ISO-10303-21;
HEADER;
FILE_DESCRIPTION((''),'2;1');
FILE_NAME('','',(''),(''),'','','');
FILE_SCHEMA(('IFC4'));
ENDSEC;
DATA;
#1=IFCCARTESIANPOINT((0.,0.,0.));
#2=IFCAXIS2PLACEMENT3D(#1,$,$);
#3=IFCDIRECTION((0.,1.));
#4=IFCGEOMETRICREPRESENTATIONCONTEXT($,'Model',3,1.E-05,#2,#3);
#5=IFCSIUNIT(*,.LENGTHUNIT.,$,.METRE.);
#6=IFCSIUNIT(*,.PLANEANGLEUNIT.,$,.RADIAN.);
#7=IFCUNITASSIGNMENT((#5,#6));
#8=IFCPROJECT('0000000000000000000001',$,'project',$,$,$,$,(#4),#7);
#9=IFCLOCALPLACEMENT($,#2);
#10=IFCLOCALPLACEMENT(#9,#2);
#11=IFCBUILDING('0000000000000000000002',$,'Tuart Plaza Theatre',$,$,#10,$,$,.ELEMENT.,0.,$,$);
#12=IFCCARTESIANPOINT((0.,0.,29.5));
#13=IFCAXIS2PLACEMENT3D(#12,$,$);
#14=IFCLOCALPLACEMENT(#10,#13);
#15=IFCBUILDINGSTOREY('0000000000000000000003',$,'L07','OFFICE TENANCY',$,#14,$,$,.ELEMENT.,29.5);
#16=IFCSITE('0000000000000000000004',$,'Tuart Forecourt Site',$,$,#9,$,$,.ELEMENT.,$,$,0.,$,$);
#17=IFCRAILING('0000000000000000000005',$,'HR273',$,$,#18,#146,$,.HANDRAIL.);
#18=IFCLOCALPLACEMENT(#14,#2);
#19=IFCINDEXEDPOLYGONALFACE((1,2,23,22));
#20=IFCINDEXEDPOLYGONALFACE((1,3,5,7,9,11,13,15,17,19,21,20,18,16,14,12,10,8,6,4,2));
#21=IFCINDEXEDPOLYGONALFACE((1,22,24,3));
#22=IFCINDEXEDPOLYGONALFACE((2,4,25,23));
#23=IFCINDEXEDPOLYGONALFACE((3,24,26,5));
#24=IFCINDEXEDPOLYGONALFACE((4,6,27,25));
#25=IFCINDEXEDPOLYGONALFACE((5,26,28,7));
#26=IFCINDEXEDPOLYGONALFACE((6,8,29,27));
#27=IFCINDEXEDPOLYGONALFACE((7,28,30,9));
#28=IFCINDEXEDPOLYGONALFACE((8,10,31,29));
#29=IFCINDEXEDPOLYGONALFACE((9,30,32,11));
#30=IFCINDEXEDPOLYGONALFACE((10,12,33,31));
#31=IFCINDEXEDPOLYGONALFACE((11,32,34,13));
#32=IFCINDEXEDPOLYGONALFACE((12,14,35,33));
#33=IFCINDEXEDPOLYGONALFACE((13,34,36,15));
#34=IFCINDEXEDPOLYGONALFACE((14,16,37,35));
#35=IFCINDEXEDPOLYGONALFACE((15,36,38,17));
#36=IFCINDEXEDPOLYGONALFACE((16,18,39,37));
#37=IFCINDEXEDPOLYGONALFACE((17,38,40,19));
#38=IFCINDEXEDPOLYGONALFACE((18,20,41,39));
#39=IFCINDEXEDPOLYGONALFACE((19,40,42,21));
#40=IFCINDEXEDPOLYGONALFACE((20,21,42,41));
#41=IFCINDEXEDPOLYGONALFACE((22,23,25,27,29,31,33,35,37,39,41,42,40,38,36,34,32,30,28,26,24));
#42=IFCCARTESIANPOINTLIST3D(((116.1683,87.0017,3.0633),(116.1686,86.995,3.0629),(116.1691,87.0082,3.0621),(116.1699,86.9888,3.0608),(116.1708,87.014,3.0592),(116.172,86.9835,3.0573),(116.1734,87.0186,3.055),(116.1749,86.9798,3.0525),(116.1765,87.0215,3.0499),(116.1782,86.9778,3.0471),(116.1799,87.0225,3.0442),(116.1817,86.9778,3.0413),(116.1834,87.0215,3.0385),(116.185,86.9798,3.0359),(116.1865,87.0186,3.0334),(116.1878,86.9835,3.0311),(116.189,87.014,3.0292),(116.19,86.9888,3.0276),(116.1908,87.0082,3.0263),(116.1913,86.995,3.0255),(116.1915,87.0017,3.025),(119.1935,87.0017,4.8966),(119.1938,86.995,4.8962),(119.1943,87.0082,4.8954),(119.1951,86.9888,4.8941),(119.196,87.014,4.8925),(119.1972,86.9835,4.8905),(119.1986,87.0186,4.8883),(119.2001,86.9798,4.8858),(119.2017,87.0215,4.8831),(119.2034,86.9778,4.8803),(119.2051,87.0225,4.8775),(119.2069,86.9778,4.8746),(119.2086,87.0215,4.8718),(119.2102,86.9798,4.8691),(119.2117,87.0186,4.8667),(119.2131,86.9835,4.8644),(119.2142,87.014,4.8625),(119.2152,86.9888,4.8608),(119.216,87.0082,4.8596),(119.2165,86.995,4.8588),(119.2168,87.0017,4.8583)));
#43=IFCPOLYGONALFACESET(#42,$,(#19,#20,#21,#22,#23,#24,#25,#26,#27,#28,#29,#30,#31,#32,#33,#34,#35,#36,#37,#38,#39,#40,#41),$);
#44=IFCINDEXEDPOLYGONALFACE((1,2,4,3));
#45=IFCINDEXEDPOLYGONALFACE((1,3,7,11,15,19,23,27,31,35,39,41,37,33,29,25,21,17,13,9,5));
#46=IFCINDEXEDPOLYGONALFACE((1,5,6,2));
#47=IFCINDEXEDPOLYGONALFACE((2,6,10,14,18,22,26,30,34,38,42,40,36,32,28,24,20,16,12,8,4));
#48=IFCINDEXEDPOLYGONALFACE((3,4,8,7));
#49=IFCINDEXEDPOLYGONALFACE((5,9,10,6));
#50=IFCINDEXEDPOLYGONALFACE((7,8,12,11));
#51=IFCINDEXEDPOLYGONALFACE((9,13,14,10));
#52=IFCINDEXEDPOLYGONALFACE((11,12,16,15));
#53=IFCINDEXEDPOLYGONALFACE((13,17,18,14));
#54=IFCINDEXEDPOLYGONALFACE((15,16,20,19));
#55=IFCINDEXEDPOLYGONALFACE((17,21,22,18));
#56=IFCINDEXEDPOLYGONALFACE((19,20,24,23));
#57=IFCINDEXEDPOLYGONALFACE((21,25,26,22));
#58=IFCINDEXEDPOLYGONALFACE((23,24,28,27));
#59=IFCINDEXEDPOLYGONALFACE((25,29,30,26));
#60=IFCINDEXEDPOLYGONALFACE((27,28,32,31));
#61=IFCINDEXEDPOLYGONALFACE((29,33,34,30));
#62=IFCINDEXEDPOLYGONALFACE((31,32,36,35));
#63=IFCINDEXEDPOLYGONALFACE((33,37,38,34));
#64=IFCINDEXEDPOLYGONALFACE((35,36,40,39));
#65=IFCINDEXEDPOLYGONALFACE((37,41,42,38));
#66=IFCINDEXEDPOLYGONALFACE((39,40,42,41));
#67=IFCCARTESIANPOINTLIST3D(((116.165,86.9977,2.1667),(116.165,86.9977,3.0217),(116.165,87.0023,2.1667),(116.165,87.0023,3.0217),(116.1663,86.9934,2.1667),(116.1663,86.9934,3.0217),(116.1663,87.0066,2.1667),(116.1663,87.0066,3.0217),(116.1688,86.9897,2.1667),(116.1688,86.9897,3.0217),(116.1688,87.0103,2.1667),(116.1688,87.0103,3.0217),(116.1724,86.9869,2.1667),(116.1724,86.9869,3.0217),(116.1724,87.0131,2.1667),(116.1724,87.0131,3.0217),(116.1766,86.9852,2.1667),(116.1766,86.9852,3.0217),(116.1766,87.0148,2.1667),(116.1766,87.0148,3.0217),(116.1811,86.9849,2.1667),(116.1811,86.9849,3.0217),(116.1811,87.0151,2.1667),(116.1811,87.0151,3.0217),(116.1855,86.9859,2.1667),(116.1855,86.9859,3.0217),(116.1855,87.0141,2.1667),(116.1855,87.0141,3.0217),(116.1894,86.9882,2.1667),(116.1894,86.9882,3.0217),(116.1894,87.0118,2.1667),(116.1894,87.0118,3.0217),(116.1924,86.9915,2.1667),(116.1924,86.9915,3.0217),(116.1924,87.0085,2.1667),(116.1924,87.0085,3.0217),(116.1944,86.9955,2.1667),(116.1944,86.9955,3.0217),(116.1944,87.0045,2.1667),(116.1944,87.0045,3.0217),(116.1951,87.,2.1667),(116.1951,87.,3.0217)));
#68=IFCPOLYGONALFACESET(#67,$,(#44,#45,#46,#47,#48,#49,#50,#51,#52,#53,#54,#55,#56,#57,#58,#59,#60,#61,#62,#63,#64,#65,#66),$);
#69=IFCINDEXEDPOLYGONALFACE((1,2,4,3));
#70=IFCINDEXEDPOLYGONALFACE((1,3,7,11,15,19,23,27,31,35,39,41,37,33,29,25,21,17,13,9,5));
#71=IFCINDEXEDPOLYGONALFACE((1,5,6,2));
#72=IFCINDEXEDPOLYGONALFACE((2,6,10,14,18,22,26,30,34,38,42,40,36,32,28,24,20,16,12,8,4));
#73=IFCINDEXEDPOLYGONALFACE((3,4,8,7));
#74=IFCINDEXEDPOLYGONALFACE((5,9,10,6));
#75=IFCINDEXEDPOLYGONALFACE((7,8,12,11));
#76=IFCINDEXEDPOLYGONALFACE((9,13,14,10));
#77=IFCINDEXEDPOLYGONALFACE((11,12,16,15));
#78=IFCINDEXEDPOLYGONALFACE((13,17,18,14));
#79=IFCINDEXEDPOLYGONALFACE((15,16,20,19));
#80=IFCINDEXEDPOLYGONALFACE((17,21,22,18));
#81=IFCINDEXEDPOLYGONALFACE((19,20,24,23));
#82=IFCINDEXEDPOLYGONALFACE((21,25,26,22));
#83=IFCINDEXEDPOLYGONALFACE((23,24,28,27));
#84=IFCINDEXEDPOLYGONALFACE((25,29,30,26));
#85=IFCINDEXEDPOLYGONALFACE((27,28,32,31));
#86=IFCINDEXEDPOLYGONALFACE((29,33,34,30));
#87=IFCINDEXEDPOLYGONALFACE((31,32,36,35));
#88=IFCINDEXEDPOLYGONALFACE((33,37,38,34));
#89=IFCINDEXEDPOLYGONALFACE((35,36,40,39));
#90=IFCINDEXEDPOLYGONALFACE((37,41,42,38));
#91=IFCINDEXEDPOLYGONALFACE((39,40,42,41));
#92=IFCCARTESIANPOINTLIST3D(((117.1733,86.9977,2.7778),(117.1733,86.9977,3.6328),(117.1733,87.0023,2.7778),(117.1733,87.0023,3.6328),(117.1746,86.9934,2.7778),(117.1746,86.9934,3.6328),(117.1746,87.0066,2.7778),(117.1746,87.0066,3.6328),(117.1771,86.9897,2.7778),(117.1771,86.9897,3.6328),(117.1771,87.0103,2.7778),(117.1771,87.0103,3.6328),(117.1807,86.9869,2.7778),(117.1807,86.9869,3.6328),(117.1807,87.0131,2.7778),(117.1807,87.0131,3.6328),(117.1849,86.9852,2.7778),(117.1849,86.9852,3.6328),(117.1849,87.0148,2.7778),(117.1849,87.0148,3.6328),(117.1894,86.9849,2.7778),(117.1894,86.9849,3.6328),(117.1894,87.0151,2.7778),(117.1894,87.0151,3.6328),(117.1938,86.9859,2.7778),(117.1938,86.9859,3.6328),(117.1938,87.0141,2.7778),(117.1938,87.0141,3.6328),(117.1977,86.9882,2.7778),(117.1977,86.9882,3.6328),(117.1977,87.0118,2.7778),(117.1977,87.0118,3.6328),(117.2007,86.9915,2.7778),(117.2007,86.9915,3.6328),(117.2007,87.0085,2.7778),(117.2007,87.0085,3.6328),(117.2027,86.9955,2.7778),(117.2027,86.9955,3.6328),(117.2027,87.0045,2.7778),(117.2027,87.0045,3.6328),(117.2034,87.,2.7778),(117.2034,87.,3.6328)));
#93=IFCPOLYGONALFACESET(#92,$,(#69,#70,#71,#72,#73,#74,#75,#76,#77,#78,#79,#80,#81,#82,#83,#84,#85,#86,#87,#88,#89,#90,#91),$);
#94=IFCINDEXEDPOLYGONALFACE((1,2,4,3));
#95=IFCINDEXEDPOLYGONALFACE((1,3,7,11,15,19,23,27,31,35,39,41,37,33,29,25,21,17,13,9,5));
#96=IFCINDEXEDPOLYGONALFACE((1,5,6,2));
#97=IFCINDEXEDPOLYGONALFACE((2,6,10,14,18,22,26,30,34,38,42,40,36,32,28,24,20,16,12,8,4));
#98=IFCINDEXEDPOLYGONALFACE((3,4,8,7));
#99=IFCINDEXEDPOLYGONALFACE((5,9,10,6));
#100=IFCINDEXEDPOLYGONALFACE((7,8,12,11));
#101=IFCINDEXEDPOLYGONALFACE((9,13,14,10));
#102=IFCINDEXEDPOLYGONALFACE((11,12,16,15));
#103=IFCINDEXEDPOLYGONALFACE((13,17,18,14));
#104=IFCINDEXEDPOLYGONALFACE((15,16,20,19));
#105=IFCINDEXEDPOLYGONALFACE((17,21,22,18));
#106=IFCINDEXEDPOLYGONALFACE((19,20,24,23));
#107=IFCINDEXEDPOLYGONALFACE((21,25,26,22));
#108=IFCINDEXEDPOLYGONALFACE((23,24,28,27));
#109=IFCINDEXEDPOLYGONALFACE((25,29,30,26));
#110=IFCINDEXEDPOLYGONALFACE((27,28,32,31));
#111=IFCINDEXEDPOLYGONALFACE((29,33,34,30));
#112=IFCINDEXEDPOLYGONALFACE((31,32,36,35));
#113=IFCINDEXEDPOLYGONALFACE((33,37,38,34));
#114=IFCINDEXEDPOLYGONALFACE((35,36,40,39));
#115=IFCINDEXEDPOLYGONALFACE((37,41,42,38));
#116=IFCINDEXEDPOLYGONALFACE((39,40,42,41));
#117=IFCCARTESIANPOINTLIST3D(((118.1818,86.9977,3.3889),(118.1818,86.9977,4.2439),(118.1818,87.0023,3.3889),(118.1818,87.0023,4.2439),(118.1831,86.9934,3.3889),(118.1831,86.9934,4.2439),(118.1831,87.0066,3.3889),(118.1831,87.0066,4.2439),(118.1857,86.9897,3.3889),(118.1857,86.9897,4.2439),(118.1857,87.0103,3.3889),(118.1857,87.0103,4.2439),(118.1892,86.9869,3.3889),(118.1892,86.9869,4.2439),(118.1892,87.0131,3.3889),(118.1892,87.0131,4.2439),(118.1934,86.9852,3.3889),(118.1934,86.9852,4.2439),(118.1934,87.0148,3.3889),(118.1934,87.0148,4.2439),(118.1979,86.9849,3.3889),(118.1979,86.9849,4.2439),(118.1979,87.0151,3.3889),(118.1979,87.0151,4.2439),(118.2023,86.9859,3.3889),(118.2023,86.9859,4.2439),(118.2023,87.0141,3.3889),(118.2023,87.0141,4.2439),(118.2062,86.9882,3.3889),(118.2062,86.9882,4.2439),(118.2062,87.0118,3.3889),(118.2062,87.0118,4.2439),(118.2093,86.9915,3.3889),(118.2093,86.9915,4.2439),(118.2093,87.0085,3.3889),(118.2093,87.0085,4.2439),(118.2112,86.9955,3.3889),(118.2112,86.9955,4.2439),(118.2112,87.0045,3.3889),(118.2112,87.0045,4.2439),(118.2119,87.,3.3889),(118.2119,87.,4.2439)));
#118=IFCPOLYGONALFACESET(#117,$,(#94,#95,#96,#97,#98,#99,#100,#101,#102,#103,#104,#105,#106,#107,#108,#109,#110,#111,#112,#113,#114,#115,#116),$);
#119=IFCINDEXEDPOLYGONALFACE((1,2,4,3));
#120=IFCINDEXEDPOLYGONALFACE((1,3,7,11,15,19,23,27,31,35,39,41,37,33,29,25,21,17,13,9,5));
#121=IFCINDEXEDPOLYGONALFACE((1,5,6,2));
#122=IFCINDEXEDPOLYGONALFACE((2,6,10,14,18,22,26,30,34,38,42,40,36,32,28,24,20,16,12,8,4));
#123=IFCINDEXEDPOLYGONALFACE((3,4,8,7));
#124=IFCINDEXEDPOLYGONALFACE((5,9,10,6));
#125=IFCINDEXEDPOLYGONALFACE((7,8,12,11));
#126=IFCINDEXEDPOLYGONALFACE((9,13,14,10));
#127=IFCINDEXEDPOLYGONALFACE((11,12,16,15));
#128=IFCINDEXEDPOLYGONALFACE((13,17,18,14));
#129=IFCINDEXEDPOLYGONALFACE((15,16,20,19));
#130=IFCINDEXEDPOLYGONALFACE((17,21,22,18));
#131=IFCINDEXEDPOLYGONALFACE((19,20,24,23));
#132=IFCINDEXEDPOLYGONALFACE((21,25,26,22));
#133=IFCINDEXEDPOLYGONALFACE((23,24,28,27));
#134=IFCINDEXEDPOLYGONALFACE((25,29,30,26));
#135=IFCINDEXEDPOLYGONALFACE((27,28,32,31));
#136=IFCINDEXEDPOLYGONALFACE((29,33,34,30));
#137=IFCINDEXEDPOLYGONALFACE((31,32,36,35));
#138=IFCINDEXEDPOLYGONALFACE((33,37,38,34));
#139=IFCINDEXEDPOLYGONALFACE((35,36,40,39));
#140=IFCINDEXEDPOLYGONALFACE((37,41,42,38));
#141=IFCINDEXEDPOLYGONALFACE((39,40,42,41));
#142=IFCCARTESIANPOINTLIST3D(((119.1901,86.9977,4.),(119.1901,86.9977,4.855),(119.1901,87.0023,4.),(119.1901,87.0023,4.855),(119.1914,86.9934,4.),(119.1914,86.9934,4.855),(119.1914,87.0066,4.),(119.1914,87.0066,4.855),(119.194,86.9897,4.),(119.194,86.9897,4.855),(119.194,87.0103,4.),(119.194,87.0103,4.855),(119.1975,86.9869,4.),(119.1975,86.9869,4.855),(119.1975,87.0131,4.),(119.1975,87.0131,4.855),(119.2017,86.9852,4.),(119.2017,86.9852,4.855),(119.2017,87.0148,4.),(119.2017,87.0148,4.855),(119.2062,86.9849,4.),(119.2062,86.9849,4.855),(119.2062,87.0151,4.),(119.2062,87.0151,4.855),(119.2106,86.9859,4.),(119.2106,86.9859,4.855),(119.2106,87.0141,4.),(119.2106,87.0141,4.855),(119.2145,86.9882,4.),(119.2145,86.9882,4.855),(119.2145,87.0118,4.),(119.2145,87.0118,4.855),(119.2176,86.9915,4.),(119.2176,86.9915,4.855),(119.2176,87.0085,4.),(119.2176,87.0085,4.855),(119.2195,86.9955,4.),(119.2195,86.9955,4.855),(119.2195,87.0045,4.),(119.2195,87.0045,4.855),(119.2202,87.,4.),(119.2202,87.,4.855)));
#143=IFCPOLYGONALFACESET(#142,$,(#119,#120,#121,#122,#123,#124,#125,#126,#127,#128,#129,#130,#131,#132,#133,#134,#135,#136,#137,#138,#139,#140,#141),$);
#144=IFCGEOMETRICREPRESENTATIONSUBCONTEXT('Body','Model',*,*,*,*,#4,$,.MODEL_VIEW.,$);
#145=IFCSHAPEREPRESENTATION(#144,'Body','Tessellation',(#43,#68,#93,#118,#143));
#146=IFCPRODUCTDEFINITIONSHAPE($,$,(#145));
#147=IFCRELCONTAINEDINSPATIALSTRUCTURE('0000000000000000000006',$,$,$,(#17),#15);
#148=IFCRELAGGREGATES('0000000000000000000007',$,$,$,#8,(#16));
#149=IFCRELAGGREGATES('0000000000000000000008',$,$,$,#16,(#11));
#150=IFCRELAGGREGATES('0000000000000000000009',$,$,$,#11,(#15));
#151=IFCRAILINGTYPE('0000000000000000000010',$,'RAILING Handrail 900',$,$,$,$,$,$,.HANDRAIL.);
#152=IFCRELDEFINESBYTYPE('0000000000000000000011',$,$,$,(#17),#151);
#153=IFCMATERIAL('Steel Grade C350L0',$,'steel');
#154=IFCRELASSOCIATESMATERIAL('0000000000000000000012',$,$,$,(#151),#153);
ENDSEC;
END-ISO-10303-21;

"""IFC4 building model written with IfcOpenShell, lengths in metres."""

from ifc_helpers import new_model, si_unit, direction, frame, origin, origin_2d, place, context, subcontext, project, spatial, circle, extrude, material, type_object, element, save


model = new_model("IFC4")

# Units and contexts
model_context = context("Model", 3, precision=1e-05, world=origin(), true_north=direction((0.0, 1.0)))
body_context = subcontext(model_context, "Body", "Model", "MODEL_VIEW")
ifc_project = project(units=[si_unit("LENGTHUNIT", "METRE"), si_unit("PLANEANGLEUNIT", "RADIAN")], contexts=[model_context])

# Site, building, storey
site_placement = place(None, origin())
site = spatial("IfcSite", under=ifc_project, at=site_placement, Name="Tuart Forecourt Site", CompositionType="ELEMENT", RefElevation=0.0)
building_placement = place(site_placement, origin())
building = spatial("IfcBuilding", under=site, at=building_placement, Name="Tuart Plaza Theatre", CompositionType="ELEMENT", ElevationOfRefHeight=0.0)
storey_placement = place(building_placement, frame((0.0, 0.0, 29.5)))
storey = spatial("IfcBuildingStorey", under=building, at=storey_placement, Name="L07", Description="OFFICE TENANCY", CompositionType="ELEMENT", Elevation=29.5)

# Railing
ifc_material_1 = material(Name="Steel Grade C350L0", Category="steel")
railing_type_1 = type_object("IfcRailingType", Name="RAILING Handrail 900", PredefinedType="HANDRAIL", material=ifc_material_1)
for number, where, name in (
    (1, (116.1799, 87.0, 2.1667), "HR273"),
):
    element("IfcRailing", number, at=place(storey_placement, frame(where)), inside=storey, type_object=railing_type_1, Name=name, PredefinedType="HANDRAIL", context=body_context, shape_type="SweptSolid", body=[
        extrude(circle(Radius=0.0225, at=origin_2d()), frame((0.0, 0.0, 0.8774), z_axis=(0.855219, 0.0, 0.518267), x_axis=(0.0, 1.0, 0.0)), (0.0, 0.0, 1.0), 3.5374),
        extrude(circle(Radius=0.0151, at=origin_2d()), origin(), (0.0, 0.0, 1.0), 0.855),
        extrude(circle(Radius=0.0151, at=origin_2d()), frame((1.0083, 0.0, 0.6111)), (0.0, 0.0, 1.0), 0.855),
        extrude(circle(Radius=0.0151, at=origin_2d()), frame((2.0168, 0.0, 1.2222)), (0.0, 0.0, 1.0), 0.855),
        extrude(circle(Radius=0.0151, at=origin_2d()), frame((3.0251, 0.0, 1.8333)), (0.0, 0.0, 1.0), 0.855),
    ])

save(model, "model.ifc")
